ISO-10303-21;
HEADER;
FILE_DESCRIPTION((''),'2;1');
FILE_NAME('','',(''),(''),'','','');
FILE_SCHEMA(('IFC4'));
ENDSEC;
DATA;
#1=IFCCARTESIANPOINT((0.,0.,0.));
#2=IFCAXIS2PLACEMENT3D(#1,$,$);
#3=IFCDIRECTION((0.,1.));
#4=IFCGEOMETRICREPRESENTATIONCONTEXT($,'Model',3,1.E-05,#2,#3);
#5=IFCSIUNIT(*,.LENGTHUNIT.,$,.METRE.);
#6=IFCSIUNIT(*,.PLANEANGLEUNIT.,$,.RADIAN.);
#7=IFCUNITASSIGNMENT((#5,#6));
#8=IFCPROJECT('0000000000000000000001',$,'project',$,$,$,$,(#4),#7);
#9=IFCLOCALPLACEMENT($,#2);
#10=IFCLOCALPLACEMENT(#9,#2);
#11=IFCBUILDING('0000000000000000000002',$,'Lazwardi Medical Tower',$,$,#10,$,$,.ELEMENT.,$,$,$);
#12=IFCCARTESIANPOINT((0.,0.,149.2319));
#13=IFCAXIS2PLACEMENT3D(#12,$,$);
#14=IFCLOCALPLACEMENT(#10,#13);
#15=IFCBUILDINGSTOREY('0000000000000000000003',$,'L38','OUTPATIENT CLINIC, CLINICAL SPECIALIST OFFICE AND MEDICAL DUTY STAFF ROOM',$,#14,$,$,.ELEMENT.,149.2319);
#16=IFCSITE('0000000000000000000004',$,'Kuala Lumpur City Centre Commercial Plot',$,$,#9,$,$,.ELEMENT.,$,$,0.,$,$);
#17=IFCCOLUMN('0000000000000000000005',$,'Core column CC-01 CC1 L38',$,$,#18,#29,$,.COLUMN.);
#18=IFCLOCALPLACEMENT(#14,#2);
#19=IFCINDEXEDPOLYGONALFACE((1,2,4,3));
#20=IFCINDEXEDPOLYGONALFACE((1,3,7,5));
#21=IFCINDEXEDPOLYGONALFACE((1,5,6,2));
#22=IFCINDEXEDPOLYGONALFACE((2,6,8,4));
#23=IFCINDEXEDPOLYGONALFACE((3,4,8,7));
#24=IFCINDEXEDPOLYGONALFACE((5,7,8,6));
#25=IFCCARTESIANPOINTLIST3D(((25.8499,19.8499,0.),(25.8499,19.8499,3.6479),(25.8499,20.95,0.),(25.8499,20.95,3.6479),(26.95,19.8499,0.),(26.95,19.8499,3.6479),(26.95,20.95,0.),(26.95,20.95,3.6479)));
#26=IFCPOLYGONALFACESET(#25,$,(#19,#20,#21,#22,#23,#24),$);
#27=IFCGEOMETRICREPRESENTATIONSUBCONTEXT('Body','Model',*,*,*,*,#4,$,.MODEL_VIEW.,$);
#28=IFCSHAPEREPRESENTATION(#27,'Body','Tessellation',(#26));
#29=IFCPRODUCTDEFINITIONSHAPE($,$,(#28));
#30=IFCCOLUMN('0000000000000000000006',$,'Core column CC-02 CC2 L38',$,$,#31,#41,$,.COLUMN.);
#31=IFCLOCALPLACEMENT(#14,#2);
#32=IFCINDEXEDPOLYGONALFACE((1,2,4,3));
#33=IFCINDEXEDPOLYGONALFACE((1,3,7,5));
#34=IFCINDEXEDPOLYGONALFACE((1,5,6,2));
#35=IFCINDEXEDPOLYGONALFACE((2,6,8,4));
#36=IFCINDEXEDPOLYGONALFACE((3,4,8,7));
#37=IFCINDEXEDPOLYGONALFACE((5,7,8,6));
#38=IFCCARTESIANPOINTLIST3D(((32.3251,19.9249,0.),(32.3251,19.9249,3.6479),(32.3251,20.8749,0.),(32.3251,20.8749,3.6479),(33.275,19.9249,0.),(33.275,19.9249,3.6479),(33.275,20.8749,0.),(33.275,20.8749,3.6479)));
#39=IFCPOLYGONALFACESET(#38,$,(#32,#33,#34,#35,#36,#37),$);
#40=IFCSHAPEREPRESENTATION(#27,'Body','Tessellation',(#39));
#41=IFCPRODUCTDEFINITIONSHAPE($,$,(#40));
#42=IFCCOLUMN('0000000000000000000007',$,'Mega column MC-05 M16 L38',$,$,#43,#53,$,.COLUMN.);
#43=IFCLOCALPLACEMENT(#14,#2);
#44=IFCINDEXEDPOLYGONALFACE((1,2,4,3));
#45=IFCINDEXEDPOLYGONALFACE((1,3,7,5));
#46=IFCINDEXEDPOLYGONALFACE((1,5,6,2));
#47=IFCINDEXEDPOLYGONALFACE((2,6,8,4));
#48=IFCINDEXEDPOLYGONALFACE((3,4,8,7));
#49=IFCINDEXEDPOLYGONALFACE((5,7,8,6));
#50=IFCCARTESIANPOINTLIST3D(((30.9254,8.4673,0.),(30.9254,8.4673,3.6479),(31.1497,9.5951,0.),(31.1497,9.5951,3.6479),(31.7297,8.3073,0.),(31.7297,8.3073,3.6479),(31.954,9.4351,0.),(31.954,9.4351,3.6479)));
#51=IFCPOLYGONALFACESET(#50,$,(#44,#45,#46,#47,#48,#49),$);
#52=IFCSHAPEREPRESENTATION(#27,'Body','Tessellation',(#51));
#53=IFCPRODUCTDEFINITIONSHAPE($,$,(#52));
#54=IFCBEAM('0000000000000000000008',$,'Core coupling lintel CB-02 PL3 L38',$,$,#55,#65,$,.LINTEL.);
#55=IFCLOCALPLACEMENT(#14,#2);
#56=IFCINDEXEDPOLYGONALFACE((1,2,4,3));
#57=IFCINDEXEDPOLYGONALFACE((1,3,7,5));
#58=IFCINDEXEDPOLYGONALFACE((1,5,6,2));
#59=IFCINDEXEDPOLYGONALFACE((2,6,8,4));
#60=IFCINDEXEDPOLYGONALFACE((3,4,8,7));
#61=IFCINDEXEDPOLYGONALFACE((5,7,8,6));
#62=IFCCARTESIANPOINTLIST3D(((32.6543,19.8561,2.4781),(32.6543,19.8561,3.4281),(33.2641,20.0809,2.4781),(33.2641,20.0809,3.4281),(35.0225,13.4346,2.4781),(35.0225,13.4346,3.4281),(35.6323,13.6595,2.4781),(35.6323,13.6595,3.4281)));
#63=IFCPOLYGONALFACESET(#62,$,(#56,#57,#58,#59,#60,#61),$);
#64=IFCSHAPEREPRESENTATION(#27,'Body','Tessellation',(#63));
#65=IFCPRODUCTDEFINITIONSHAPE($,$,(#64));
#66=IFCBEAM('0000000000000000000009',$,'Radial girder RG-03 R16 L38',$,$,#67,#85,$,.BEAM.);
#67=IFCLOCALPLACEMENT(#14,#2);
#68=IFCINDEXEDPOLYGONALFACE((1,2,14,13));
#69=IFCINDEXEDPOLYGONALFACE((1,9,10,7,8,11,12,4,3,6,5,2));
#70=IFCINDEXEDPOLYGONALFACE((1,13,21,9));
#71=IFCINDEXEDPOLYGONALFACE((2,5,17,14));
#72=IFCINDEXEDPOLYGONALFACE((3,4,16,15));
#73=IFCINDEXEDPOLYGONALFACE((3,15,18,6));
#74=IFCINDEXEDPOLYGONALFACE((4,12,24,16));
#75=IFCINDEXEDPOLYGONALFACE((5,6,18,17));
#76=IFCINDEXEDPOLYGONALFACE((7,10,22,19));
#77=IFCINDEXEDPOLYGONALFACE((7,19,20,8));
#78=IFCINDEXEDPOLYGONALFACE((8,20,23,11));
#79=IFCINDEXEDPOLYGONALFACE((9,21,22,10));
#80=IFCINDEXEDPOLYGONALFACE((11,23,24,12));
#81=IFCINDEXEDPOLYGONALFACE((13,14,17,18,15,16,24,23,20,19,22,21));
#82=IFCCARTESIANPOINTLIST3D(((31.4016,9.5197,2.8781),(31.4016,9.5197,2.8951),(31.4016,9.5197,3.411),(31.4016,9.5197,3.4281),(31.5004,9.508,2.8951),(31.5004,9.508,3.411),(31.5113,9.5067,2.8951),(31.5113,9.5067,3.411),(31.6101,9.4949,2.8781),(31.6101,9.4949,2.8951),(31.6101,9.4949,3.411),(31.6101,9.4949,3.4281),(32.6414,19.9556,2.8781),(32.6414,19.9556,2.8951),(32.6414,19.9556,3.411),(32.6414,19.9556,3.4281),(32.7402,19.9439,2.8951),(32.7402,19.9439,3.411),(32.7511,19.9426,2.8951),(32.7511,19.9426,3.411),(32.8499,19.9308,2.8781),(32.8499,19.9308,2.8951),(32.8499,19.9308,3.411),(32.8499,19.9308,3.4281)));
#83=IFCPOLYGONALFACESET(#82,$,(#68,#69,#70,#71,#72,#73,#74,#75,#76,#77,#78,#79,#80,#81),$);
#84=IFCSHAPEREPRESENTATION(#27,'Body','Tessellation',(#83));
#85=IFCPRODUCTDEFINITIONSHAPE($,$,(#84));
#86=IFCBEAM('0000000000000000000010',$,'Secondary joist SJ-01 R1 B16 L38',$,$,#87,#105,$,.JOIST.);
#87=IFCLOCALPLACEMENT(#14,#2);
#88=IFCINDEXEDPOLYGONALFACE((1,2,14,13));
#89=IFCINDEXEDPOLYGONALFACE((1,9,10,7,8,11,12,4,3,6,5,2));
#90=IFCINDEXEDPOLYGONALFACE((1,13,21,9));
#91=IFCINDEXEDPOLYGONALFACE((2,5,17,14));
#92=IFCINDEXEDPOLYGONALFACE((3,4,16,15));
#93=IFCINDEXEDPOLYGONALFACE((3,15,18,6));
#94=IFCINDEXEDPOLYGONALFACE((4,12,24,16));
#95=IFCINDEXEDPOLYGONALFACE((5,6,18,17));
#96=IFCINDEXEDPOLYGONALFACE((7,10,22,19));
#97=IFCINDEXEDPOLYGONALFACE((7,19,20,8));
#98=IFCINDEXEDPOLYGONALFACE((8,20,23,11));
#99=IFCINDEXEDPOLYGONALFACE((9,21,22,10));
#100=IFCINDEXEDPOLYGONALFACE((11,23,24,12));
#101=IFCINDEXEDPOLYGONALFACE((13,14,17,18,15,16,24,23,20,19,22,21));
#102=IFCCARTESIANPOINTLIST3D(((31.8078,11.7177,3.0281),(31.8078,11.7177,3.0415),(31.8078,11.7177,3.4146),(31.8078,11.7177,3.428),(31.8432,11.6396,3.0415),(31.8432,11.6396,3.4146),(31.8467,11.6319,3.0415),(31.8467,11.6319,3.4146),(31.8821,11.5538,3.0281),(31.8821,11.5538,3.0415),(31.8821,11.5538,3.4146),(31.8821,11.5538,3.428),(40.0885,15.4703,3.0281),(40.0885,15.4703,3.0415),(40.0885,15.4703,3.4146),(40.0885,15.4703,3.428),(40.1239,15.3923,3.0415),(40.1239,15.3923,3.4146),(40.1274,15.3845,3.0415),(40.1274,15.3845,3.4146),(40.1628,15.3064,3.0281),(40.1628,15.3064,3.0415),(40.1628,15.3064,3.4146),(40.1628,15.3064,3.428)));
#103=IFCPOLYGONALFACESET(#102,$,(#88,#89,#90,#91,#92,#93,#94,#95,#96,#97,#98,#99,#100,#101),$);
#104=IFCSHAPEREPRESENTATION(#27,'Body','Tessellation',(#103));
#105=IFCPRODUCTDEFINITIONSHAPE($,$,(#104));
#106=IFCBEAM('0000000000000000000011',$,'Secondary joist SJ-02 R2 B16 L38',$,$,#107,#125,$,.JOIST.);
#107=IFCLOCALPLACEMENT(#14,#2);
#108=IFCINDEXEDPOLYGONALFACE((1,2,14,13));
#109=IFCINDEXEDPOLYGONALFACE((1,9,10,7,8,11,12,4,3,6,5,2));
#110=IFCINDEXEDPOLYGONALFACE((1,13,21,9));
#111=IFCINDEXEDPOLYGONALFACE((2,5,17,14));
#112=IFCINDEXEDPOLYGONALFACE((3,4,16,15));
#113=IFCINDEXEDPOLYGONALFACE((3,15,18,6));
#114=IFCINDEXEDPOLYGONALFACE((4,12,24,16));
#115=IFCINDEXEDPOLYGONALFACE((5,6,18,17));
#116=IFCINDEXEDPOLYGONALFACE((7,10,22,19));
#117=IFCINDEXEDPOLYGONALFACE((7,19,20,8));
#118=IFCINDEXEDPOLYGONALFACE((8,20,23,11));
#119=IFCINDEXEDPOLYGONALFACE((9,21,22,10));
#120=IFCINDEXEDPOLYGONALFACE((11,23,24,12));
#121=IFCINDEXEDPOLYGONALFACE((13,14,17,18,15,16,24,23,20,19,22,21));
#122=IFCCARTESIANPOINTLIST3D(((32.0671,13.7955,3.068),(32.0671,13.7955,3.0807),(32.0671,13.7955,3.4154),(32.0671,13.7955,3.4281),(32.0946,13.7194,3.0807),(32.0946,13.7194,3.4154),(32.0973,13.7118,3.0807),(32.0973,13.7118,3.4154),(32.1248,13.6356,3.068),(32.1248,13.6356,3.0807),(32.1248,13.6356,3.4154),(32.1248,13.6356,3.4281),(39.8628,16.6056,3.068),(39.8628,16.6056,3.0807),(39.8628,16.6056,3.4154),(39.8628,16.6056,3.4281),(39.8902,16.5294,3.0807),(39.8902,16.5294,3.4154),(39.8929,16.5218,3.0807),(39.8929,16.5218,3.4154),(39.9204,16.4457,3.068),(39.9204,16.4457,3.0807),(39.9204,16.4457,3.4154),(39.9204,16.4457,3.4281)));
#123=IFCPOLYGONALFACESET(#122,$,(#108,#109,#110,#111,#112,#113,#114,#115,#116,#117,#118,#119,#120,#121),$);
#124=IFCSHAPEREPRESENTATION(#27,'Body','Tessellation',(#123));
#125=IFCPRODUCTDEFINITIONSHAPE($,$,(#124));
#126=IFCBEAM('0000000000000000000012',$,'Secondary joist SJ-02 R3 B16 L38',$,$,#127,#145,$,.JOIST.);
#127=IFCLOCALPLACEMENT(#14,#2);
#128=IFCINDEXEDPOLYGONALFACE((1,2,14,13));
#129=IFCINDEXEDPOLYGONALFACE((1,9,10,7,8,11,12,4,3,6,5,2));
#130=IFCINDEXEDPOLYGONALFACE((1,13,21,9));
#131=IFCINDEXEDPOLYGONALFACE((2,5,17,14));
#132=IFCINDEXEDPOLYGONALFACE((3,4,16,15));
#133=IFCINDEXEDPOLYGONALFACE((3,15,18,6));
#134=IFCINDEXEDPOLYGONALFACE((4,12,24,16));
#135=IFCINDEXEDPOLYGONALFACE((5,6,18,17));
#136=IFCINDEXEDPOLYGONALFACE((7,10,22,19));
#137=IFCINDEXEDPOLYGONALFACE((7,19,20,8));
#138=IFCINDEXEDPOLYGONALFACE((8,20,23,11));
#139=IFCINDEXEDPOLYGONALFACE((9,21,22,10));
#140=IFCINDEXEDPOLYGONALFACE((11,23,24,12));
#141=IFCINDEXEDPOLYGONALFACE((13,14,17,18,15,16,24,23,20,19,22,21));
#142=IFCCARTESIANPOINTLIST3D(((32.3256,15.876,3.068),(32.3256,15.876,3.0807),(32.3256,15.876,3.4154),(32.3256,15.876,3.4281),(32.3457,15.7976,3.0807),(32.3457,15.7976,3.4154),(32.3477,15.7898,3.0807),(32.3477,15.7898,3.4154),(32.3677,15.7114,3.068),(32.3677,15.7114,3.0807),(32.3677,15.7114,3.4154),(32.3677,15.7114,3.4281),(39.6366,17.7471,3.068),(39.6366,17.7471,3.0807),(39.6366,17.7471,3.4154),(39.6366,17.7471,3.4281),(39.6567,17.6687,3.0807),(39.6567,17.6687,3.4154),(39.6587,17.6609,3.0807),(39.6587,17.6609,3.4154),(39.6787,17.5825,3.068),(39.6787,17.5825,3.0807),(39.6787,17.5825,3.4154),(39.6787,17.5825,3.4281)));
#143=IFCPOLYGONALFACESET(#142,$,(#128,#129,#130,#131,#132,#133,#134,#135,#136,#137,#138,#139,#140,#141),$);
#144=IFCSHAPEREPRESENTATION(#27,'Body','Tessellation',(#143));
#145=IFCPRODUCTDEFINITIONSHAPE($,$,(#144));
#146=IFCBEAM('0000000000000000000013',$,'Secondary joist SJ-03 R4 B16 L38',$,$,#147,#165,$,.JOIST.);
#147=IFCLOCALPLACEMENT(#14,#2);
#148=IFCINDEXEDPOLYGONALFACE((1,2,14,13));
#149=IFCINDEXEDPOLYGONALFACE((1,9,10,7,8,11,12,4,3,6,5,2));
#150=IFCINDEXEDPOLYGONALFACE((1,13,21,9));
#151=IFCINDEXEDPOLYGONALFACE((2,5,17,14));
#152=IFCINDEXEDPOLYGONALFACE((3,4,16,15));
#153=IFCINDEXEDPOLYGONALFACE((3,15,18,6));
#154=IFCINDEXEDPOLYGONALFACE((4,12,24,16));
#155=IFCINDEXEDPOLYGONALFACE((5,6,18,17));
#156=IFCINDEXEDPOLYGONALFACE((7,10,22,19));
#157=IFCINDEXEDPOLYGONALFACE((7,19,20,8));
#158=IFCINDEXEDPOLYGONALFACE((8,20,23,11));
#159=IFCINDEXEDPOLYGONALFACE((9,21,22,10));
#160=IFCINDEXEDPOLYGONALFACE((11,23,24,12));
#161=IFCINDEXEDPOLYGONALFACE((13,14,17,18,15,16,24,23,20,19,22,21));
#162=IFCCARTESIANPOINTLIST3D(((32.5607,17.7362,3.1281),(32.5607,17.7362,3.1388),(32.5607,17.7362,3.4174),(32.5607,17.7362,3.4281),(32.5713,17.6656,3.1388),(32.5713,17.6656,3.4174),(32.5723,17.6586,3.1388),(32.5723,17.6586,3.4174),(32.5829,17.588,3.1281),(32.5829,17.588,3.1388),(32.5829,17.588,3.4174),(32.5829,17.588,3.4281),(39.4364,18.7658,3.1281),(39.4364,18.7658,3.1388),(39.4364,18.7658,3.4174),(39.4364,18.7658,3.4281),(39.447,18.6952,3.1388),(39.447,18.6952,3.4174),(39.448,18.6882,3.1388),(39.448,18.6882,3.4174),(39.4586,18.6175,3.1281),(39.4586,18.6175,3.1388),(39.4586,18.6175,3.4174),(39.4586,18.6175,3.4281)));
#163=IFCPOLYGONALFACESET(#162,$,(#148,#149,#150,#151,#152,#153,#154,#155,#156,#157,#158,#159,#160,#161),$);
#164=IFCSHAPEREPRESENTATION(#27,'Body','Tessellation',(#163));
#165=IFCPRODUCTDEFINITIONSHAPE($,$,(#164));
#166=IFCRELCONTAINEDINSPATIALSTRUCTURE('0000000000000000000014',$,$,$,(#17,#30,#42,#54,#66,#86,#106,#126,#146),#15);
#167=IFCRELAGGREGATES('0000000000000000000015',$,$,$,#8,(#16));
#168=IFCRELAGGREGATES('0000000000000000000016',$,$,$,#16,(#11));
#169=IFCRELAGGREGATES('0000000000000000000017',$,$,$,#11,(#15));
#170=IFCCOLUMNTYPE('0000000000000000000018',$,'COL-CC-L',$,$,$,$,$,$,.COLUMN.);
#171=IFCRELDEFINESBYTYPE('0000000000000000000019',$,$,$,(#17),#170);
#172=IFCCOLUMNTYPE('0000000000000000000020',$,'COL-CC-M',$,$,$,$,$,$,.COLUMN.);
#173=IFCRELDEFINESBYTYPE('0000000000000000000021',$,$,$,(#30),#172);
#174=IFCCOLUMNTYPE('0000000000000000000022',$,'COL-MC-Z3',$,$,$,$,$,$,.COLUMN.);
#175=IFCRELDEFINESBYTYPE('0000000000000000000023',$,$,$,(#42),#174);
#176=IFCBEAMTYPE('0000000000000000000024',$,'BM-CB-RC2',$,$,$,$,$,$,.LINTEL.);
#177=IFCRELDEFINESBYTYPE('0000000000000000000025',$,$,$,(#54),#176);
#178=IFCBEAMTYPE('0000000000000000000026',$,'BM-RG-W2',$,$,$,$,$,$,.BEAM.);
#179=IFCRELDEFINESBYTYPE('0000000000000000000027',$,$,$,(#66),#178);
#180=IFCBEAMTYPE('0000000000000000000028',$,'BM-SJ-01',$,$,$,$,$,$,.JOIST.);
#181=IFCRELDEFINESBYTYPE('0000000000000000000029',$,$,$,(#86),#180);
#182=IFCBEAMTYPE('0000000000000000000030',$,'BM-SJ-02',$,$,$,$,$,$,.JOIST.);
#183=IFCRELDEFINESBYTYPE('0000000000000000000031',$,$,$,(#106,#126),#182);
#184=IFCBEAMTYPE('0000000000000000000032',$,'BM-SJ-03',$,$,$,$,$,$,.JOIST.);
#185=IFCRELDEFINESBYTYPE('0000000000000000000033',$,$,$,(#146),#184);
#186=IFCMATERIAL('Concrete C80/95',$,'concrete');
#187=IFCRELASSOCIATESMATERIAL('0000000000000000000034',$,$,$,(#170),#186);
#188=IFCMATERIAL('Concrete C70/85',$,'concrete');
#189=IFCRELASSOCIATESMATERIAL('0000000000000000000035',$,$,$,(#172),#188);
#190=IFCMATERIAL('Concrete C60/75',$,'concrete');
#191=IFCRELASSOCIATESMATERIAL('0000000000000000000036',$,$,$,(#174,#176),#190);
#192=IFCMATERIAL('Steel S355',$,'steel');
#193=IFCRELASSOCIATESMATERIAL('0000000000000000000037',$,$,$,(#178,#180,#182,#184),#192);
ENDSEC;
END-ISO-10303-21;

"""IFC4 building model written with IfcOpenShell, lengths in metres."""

from ifc_helpers import new_model, si_unit, direction, frame, origin, origin_2d, place, context, subcontext, project, spatial, rectangle, i_section, extrude, material, material_profile, profile_set, type_object, element, save


model = new_model("IFC4")

# Units and contexts
model_context = context("Model", 3, precision=1e-05, world=origin(), true_north=direction((0.0, 1.0)))
body_context = subcontext(model_context, "Body", "Model", "MODEL_VIEW")
ifc_project = project(units=[si_unit("LENGTHUNIT", "METRE"), si_unit("PLANEANGLEUNIT", "RADIAN")], contexts=[model_context])

# Site, building, storey
site_placement = place(None, origin())
site = spatial("IfcSite", under=ifc_project, at=site_placement, Name="Kuala Lumpur City Centre Commercial Plot", CompositionType="ELEMENT", RefElevation=0.0)
building_placement = place(site_placement, origin())
building = spatial("IfcBuilding", under=site, at=building_placement, Name="Lazwardi Medical Tower", CompositionType="ELEMENT")
storey_placement = place(building_placement, frame((0.0, 0.0, 149.2319)))
storey = spatial("IfcBuildingStorey", under=building, at=storey_placement, Name="L38", Description="OUTPATIENT CLINIC, CLINICAL SPECIALIST OFFICE AND MEDICAL DUTY STAFF ROOM", CompositionType="ELEMENT", Elevation=149.2319)

# Columns
ifc_material_1 = material(Name="Concrete C80/95", Category="concrete")
ifc_material_profile_1 = material_profile(ifc_material_1, rectangle(XDim=1.1001, YDim=1.1001, at=origin_2d()), Name="RC 1100x1100")
ifc_profile_set_1 = profile_set([ifc_material_profile_1], Name="Concrete C80/95")
column_type_1 = type_object("IfcColumnType", Name="COL-CC-L", PredefinedType="COLUMN", material=ifc_profile_set_1)
column_1_placement = place(storey_placement, frame((26.3999, 20.3999, 0.0), z_axis=(0.0, 0.0, 1.0), x_axis=(1.0, 0.0, 0.0)))
element("IfcColumn", 1, at=column_1_placement, inside=storey, type_object=column_type_1, Name="Core column CC-01 CC1 L38", PredefinedType="COLUMN", context=body_context, shape_type="SweptSolid", body=[
    extrude(rectangle(XDim=1.1001, YDim=1.1001, at=origin_2d()), origin(), (0.0, 0.0, 1.0), 3.6479),
])
ifc_material_2 = material(Name="Concrete C70/85", Category="concrete")
ifc_material_profile_2 = material_profile(ifc_material_2, rectangle(XDim=0.95, YDim=0.95, at=origin_2d()), Name="RC 950x950")
ifc_profile_set_2 = profile_set([ifc_material_profile_2], Name="Concrete C70/85")
column_type_2 = type_object("IfcColumnType", Name="COL-CC-M", PredefinedType="COLUMN", material=ifc_profile_set_2)
column_2_placement = place(storey_placement, frame((32.8, 20.3999, 0.0), z_axis=(0.0, 0.0, 1.0), x_axis=(1.0, 0.0, 0.0)))
element("IfcColumn", 2, at=column_2_placement, inside=storey, type_object=column_type_2, Name="Core column CC-02 CC2 L38", PredefinedType="COLUMN", context=body_context, shape_type="SweptSolid", body=[
    extrude(rectangle(XDim=0.95, YDim=0.95, at=origin_2d()), origin(), (0.0, 0.0, 1.0), 3.6479),
])
ifc_material_3 = material(Name="Concrete C60/75", Category="concrete")
ifc_material_profile_3 = material_profile(ifc_material_3, rectangle(XDim=1.1499, YDim=0.8201, at=origin_2d()), Name="CFT-RECT 1150x820")
ifc_profile_set_3 = profile_set([ifc_material_profile_3], Name="Concrete C60/75")
column_type_3 = type_object("IfcColumnType", Name="COL-MC-Z3", PredefinedType="COLUMN", material=ifc_profile_set_3)
column_3_placement = place(storey_placement, frame((31.4397, 8.9512, 0.0), z_axis=(0.0, 0.0, 1.0), x_axis=(-0.19509, -0.980785, 0.0)))
element("IfcColumn", 3, at=column_3_placement, inside=storey, type_object=column_type_3, Name="Mega column MC-05 M16 L38", PredefinedType="COLUMN", context=body_context, shape_type="SweptSolid", body=[
    extrude(rectangle(XDim=1.1499, YDim=0.8201, at=origin_2d()), origin(), (0.0, 0.0, 1.0), 3.6479),
])

# Beams
ifc_material_profile_4 = material_profile(ifc_material_3, rectangle(XDim=0.6499, YDim=0.95, at=origin_2d()), Name="RC 650x950")
ifc_profile_set_4 = profile_set([ifc_material_profile_4], Name="Concrete C60/75")
beam_type_1 = type_object("IfcBeamType", Name="BM-CB-RC2", PredefinedType="LINTEL", material=ifc_profile_set_4)
beam_1_placement = place(storey_placement, frame((32.9592, 19.9685, 2.9531), z_axis=(0.346013, -0.93823, 0.0), x_axis=(0.93823, 0.346013, 0.0)))
element("IfcBeam", 4, at=beam_1_placement, inside=storey, type_object=beam_type_1, Name="Core coupling lintel CB-02 PL3 L38", PredefinedType="LINTEL", context=body_context, shape_type="SweptSolid", body=[
    extrude(rectangle(XDim=0.6499, YDim=0.95, at=origin_2d()), origin(), (0.0, 0.0, 1.0), 6.8442),
])
ifc_material_4 = material(Name="Steel S355", Category="steel")
ifc_material_profile_5 = material_profile(ifc_material_4, i_section(OverallWidth=0.21, OverallDepth=0.55, WebThickness=0.011, FlangeThickness=0.0171, at=origin_2d()), Name="IPE 550")
ifc_profile_set_5 = profile_set([ifc_material_profile_5], Name="Steel S355")
beam_type_2 = type_object("IfcBeamType", Name="BM-RG-W2", PredefinedType="BEAM", material=ifc_profile_set_5)
beam_2_placement = place(storey_placement, frame((31.5059, 9.5073, 3.1531), z_axis=(0.117968, 0.993017, 0.0), x_axis=(-0.993017, 0.117968, 0.0)))
element("IfcBeam", 5, at=beam_2_placement, inside=storey, type_object=beam_type_2, Name="Radial girder RG-03 R16 L38", PredefinedType="BEAM", context=body_context, shape_type="SweptSolid", body=[
    extrude(i_section(OverallWidth=0.21, OverallDepth=0.55, WebThickness=0.011, FlangeThickness=0.0171, at=origin_2d()), origin(), (0.0, 0.0, 1.0), 10.5093),
])
ifc_material_profile_6 = material_profile(ifc_material_4, i_section(OverallWidth=0.1799, OverallDepth=0.3999, WebThickness=0.0085, FlangeThickness=0.0134, at=origin_2d()), Name="IPE 400")
ifc_profile_set_6 = profile_set([ifc_material_profile_6], Name="Steel S355")
beam_type_3 = type_object("IfcBeamType", Name="BM-SJ-01", PredefinedType="JOIST", material=ifc_profile_set_6)
beam_3_placement = place(storey_placement, frame((31.845, 11.6357, 3.228), z_axis=(0.910834, 0.412773, 0.0), x_axis=(-0.412773, 0.910834, 0.0)))
element("IfcBeam", 6, at=beam_3_placement, inside=storey, type_object=beam_type_3, Name="Secondary joist SJ-01 R1 B16 L38", PredefinedType="JOIST", context=body_context, shape_type="SweptSolid", body=[
    extrude(i_section(OverallWidth=0.1799, OverallDepth=0.3999, WebThickness=0.0085, FlangeThickness=0.0134, at=origin_2d()), origin(), (0.0, 0.0, 1.0), 9.0913),
])
ifc_material_profile_7 = material_profile(ifc_material_4, i_section(OverallWidth=0.1699, OverallDepth=0.3601, WebThickness=0.0081, FlangeThickness=0.0127, at=origin_2d()), Name="IPE 360")
ifc_profile_set_7 = profile_set([ifc_material_profile_7], Name="Steel S355")
beam_type_4 = type_object("IfcBeamType", Name="BM-SJ-02", PredefinedType="JOIST", material=ifc_profile_set_7)
beam_4_placement = place(storey_placement, frame((32.0959, 13.7156, 3.248), z_axis=(0.940748, 0.339106, 0.0), x_axis=(-0.339106, 0.940748, 0.0)))
element("IfcBeam", 7, at=beam_4_placement, inside=storey, type_object=beam_type_4, Name="Secondary joist SJ-02 R2 B16 L38", PredefinedType="JOIST", context=body_context, shape_type="SweptSolid", body=[
    extrude(i_section(OverallWidth=0.1699, OverallDepth=0.3601, WebThickness=0.0081, FlangeThickness=0.0127, at=origin_2d()), origin(), (0.0, 0.0, 1.0), 8.2866),
])
beam_5_placement = place(storey_placement, frame((32.3467, 15.7937, 3.248), z_axis=(0.968776, 0.247936, 0.0), x_axis=(-0.247936, 0.968776, 0.0)))
element("IfcBeam", 8, at=beam_5_placement, inside=storey, type_object=beam_type_4, Name="Secondary joist SJ-02 R3 B16 L38", PredefinedType="JOIST", context=body_context, shape_type="SweptSolid", body=[
    extrude(i_section(OverallWidth=0.1699, OverallDepth=0.3601, WebThickness=0.0081, FlangeThickness=0.0127, at=origin_2d()), origin(), (0.0, 0.0, 1.0), 7.5466),
])
ifc_material_profile_8 = material_profile(ifc_material_4, i_section(OverallWidth=0.1499, OverallDepth=0.3, WebThickness=0.0071, FlangeThickness=0.0107, at=origin_2d()), Name="IPE 300")
ifc_profile_set_8 = profile_set([ifc_material_profile_8], Name="Steel S355")
beam_type_5 = type_object("IfcBeamType", Name="BM-SJ-03", PredefinedType="JOIST", material=ifc_profile_set_8)
beam_6_placement = place(storey_placement, frame((32.5718, 17.6621, 3.2781), z_axis=(0.988975, 0.148085, 0.0), x_axis=(-0.148085, 0.988975, 0.0)))
element("IfcBeam", 9, at=beam_6_placement, inside=storey, type_object=beam_type_5, Name="Secondary joist SJ-03 R4 B16 L38", PredefinedType="JOIST", context=body_context, shape_type="SweptSolid", body=[
    extrude(i_section(OverallWidth=0.1499, OverallDepth=0.3, WebThickness=0.0071, FlangeThickness=0.0107, at=origin_2d()), origin(), (0.0, 0.0, 1.0), 6.9524),
])

save(model, "model.ifc")
